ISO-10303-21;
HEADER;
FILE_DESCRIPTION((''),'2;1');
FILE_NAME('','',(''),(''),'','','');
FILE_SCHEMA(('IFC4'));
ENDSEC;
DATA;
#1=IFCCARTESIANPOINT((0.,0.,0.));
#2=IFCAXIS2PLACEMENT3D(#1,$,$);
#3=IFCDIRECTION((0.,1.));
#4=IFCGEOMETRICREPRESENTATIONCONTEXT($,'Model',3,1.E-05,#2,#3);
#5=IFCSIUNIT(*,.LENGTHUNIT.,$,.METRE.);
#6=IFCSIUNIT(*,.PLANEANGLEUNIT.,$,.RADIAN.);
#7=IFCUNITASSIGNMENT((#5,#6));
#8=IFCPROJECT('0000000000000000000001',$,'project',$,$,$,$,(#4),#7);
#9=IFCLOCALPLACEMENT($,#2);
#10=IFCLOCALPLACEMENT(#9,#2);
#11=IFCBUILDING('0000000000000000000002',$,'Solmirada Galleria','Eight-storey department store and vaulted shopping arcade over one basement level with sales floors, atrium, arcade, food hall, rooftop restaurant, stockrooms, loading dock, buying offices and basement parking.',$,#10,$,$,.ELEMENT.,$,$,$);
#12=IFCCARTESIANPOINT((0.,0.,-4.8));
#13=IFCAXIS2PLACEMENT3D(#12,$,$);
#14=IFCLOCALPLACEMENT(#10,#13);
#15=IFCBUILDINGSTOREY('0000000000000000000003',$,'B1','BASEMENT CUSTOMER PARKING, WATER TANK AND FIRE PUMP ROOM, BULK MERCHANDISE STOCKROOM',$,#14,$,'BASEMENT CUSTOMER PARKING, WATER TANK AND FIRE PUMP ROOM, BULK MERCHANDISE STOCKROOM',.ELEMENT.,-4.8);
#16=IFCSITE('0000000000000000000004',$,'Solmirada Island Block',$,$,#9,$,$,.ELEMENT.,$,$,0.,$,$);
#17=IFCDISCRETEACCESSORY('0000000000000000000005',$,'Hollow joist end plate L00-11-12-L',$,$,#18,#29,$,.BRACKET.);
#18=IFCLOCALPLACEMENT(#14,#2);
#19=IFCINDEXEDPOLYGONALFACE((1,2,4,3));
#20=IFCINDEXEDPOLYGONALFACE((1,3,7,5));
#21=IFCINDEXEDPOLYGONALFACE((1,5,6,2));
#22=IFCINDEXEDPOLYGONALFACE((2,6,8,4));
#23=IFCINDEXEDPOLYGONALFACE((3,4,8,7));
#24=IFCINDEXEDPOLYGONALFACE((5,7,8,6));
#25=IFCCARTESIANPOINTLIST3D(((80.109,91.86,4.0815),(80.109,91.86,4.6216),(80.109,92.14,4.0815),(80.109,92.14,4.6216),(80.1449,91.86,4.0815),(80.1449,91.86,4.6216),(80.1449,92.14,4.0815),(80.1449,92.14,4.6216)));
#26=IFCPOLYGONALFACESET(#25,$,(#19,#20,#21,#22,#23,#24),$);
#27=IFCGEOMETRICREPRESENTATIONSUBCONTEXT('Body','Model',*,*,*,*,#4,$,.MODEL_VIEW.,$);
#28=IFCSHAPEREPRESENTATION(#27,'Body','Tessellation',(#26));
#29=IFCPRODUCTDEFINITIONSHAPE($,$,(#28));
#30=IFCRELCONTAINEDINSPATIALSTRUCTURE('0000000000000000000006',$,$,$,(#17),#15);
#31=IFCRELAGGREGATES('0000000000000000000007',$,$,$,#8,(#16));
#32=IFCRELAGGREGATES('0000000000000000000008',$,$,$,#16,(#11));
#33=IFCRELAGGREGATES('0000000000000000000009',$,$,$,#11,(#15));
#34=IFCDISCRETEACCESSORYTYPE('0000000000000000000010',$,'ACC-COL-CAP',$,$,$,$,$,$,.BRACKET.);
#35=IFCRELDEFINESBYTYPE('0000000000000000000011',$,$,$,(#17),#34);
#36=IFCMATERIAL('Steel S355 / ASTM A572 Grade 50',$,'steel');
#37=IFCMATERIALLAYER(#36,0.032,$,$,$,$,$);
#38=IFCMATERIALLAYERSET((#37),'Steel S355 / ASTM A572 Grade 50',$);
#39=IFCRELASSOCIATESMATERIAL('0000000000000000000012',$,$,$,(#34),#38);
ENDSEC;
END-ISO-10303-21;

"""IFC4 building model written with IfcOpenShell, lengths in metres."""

from ifc_helpers import new_model, si_unit, direction, frame, origin, origin_2d, place, context, subcontext, project, spatial, rectangle, extrude, material, layer, layer_set, type_object, element, save


model = new_model("IFC4")

# Units and contexts
model_context = context("Model", 3, precision=1e-05, world=origin(), true_north=direction((0.0, 1.0)))
body_context = subcontext(model_context, "Body", "Model", "MODEL_VIEW")
ifc_project = project(units=[si_unit("LENGTHUNIT", "METRE"), si_unit("PLANEANGLEUNIT", "RADIAN")], contexts=[model_context])

# Site, building, storey
site_placement = place(None, origin())
site = spatial("IfcSite", under=ifc_project, at=site_placement, Name="Solmirada Island Block", CompositionType="ELEMENT", RefElevation=0.0)
building_placement = place(site_placement, origin())
building = spatial("IfcBuilding", under=site, at=building_placement, Name="Solmirada Galleria", Description="Eight-storey department store and vaulted shopping arcade over one basement level with sales floors, atrium, arcade, food hall, rooftop restaurant, stockrooms, loading dock, buying offices and basement parking.", CompositionType="ELEMENT")
storey_placement = place(building_placement, frame((0.0, 0.0, -4.8)))
storey = spatial("IfcBuildingStorey", under=building, at=storey_placement, Name="B1", Description="BASEMENT CUSTOMER PARKING, WATER TANK AND FIRE PUMP ROOM, BULK MERCHANDISE STOCKROOM", LongName="BASEMENT CUSTOMER PARKING, WATER TANK AND FIRE PUMP ROOM, BULK MERCHANDISE STOCKROOM", CompositionType="ELEMENT", Elevation=-4.8)

# Discrete accessory
ifc_material_1 = material(Name="Steel S355 / ASTM A572 Grade 50", Category="steel")
ifc_layer = layer(ifc_material_1, 0.032)
ifc_layer_set = layer_set([ifc_layer], Name="Steel S355 / ASTM A572 Grade 50")
discrete_accessory_type_1 = type_object("IfcDiscreteAccessoryType", Name="ACC-COL-CAP", PredefinedType="BRACKET", material=ifc_layer_set)
for number, where, z_axis, x_axis, name in (
    (1, (80.127, 92.0, 4.0815), (0.0, 0.0, 1.0), (1.0, 0.0, 0.0), "Hollow joist end plate L00-11-12-L"),
):
    element("IfcDiscreteAccessory", number, at=place(storey_placement, frame(where, z_axis=z_axis, x_axis=x_axis)), inside=storey, type_object=discrete_accessory_type_1, Name=name, PredefinedType="BRACKET", context=body_context, shape_type="SweptSolid", body=[
        extrude(rectangle(XDim=0.0359, YDim=0.28, at=origin_2d()), origin(), (0.0, 0.0, 1.0), 0.54),
    ])

save(model, "model.ifc")
